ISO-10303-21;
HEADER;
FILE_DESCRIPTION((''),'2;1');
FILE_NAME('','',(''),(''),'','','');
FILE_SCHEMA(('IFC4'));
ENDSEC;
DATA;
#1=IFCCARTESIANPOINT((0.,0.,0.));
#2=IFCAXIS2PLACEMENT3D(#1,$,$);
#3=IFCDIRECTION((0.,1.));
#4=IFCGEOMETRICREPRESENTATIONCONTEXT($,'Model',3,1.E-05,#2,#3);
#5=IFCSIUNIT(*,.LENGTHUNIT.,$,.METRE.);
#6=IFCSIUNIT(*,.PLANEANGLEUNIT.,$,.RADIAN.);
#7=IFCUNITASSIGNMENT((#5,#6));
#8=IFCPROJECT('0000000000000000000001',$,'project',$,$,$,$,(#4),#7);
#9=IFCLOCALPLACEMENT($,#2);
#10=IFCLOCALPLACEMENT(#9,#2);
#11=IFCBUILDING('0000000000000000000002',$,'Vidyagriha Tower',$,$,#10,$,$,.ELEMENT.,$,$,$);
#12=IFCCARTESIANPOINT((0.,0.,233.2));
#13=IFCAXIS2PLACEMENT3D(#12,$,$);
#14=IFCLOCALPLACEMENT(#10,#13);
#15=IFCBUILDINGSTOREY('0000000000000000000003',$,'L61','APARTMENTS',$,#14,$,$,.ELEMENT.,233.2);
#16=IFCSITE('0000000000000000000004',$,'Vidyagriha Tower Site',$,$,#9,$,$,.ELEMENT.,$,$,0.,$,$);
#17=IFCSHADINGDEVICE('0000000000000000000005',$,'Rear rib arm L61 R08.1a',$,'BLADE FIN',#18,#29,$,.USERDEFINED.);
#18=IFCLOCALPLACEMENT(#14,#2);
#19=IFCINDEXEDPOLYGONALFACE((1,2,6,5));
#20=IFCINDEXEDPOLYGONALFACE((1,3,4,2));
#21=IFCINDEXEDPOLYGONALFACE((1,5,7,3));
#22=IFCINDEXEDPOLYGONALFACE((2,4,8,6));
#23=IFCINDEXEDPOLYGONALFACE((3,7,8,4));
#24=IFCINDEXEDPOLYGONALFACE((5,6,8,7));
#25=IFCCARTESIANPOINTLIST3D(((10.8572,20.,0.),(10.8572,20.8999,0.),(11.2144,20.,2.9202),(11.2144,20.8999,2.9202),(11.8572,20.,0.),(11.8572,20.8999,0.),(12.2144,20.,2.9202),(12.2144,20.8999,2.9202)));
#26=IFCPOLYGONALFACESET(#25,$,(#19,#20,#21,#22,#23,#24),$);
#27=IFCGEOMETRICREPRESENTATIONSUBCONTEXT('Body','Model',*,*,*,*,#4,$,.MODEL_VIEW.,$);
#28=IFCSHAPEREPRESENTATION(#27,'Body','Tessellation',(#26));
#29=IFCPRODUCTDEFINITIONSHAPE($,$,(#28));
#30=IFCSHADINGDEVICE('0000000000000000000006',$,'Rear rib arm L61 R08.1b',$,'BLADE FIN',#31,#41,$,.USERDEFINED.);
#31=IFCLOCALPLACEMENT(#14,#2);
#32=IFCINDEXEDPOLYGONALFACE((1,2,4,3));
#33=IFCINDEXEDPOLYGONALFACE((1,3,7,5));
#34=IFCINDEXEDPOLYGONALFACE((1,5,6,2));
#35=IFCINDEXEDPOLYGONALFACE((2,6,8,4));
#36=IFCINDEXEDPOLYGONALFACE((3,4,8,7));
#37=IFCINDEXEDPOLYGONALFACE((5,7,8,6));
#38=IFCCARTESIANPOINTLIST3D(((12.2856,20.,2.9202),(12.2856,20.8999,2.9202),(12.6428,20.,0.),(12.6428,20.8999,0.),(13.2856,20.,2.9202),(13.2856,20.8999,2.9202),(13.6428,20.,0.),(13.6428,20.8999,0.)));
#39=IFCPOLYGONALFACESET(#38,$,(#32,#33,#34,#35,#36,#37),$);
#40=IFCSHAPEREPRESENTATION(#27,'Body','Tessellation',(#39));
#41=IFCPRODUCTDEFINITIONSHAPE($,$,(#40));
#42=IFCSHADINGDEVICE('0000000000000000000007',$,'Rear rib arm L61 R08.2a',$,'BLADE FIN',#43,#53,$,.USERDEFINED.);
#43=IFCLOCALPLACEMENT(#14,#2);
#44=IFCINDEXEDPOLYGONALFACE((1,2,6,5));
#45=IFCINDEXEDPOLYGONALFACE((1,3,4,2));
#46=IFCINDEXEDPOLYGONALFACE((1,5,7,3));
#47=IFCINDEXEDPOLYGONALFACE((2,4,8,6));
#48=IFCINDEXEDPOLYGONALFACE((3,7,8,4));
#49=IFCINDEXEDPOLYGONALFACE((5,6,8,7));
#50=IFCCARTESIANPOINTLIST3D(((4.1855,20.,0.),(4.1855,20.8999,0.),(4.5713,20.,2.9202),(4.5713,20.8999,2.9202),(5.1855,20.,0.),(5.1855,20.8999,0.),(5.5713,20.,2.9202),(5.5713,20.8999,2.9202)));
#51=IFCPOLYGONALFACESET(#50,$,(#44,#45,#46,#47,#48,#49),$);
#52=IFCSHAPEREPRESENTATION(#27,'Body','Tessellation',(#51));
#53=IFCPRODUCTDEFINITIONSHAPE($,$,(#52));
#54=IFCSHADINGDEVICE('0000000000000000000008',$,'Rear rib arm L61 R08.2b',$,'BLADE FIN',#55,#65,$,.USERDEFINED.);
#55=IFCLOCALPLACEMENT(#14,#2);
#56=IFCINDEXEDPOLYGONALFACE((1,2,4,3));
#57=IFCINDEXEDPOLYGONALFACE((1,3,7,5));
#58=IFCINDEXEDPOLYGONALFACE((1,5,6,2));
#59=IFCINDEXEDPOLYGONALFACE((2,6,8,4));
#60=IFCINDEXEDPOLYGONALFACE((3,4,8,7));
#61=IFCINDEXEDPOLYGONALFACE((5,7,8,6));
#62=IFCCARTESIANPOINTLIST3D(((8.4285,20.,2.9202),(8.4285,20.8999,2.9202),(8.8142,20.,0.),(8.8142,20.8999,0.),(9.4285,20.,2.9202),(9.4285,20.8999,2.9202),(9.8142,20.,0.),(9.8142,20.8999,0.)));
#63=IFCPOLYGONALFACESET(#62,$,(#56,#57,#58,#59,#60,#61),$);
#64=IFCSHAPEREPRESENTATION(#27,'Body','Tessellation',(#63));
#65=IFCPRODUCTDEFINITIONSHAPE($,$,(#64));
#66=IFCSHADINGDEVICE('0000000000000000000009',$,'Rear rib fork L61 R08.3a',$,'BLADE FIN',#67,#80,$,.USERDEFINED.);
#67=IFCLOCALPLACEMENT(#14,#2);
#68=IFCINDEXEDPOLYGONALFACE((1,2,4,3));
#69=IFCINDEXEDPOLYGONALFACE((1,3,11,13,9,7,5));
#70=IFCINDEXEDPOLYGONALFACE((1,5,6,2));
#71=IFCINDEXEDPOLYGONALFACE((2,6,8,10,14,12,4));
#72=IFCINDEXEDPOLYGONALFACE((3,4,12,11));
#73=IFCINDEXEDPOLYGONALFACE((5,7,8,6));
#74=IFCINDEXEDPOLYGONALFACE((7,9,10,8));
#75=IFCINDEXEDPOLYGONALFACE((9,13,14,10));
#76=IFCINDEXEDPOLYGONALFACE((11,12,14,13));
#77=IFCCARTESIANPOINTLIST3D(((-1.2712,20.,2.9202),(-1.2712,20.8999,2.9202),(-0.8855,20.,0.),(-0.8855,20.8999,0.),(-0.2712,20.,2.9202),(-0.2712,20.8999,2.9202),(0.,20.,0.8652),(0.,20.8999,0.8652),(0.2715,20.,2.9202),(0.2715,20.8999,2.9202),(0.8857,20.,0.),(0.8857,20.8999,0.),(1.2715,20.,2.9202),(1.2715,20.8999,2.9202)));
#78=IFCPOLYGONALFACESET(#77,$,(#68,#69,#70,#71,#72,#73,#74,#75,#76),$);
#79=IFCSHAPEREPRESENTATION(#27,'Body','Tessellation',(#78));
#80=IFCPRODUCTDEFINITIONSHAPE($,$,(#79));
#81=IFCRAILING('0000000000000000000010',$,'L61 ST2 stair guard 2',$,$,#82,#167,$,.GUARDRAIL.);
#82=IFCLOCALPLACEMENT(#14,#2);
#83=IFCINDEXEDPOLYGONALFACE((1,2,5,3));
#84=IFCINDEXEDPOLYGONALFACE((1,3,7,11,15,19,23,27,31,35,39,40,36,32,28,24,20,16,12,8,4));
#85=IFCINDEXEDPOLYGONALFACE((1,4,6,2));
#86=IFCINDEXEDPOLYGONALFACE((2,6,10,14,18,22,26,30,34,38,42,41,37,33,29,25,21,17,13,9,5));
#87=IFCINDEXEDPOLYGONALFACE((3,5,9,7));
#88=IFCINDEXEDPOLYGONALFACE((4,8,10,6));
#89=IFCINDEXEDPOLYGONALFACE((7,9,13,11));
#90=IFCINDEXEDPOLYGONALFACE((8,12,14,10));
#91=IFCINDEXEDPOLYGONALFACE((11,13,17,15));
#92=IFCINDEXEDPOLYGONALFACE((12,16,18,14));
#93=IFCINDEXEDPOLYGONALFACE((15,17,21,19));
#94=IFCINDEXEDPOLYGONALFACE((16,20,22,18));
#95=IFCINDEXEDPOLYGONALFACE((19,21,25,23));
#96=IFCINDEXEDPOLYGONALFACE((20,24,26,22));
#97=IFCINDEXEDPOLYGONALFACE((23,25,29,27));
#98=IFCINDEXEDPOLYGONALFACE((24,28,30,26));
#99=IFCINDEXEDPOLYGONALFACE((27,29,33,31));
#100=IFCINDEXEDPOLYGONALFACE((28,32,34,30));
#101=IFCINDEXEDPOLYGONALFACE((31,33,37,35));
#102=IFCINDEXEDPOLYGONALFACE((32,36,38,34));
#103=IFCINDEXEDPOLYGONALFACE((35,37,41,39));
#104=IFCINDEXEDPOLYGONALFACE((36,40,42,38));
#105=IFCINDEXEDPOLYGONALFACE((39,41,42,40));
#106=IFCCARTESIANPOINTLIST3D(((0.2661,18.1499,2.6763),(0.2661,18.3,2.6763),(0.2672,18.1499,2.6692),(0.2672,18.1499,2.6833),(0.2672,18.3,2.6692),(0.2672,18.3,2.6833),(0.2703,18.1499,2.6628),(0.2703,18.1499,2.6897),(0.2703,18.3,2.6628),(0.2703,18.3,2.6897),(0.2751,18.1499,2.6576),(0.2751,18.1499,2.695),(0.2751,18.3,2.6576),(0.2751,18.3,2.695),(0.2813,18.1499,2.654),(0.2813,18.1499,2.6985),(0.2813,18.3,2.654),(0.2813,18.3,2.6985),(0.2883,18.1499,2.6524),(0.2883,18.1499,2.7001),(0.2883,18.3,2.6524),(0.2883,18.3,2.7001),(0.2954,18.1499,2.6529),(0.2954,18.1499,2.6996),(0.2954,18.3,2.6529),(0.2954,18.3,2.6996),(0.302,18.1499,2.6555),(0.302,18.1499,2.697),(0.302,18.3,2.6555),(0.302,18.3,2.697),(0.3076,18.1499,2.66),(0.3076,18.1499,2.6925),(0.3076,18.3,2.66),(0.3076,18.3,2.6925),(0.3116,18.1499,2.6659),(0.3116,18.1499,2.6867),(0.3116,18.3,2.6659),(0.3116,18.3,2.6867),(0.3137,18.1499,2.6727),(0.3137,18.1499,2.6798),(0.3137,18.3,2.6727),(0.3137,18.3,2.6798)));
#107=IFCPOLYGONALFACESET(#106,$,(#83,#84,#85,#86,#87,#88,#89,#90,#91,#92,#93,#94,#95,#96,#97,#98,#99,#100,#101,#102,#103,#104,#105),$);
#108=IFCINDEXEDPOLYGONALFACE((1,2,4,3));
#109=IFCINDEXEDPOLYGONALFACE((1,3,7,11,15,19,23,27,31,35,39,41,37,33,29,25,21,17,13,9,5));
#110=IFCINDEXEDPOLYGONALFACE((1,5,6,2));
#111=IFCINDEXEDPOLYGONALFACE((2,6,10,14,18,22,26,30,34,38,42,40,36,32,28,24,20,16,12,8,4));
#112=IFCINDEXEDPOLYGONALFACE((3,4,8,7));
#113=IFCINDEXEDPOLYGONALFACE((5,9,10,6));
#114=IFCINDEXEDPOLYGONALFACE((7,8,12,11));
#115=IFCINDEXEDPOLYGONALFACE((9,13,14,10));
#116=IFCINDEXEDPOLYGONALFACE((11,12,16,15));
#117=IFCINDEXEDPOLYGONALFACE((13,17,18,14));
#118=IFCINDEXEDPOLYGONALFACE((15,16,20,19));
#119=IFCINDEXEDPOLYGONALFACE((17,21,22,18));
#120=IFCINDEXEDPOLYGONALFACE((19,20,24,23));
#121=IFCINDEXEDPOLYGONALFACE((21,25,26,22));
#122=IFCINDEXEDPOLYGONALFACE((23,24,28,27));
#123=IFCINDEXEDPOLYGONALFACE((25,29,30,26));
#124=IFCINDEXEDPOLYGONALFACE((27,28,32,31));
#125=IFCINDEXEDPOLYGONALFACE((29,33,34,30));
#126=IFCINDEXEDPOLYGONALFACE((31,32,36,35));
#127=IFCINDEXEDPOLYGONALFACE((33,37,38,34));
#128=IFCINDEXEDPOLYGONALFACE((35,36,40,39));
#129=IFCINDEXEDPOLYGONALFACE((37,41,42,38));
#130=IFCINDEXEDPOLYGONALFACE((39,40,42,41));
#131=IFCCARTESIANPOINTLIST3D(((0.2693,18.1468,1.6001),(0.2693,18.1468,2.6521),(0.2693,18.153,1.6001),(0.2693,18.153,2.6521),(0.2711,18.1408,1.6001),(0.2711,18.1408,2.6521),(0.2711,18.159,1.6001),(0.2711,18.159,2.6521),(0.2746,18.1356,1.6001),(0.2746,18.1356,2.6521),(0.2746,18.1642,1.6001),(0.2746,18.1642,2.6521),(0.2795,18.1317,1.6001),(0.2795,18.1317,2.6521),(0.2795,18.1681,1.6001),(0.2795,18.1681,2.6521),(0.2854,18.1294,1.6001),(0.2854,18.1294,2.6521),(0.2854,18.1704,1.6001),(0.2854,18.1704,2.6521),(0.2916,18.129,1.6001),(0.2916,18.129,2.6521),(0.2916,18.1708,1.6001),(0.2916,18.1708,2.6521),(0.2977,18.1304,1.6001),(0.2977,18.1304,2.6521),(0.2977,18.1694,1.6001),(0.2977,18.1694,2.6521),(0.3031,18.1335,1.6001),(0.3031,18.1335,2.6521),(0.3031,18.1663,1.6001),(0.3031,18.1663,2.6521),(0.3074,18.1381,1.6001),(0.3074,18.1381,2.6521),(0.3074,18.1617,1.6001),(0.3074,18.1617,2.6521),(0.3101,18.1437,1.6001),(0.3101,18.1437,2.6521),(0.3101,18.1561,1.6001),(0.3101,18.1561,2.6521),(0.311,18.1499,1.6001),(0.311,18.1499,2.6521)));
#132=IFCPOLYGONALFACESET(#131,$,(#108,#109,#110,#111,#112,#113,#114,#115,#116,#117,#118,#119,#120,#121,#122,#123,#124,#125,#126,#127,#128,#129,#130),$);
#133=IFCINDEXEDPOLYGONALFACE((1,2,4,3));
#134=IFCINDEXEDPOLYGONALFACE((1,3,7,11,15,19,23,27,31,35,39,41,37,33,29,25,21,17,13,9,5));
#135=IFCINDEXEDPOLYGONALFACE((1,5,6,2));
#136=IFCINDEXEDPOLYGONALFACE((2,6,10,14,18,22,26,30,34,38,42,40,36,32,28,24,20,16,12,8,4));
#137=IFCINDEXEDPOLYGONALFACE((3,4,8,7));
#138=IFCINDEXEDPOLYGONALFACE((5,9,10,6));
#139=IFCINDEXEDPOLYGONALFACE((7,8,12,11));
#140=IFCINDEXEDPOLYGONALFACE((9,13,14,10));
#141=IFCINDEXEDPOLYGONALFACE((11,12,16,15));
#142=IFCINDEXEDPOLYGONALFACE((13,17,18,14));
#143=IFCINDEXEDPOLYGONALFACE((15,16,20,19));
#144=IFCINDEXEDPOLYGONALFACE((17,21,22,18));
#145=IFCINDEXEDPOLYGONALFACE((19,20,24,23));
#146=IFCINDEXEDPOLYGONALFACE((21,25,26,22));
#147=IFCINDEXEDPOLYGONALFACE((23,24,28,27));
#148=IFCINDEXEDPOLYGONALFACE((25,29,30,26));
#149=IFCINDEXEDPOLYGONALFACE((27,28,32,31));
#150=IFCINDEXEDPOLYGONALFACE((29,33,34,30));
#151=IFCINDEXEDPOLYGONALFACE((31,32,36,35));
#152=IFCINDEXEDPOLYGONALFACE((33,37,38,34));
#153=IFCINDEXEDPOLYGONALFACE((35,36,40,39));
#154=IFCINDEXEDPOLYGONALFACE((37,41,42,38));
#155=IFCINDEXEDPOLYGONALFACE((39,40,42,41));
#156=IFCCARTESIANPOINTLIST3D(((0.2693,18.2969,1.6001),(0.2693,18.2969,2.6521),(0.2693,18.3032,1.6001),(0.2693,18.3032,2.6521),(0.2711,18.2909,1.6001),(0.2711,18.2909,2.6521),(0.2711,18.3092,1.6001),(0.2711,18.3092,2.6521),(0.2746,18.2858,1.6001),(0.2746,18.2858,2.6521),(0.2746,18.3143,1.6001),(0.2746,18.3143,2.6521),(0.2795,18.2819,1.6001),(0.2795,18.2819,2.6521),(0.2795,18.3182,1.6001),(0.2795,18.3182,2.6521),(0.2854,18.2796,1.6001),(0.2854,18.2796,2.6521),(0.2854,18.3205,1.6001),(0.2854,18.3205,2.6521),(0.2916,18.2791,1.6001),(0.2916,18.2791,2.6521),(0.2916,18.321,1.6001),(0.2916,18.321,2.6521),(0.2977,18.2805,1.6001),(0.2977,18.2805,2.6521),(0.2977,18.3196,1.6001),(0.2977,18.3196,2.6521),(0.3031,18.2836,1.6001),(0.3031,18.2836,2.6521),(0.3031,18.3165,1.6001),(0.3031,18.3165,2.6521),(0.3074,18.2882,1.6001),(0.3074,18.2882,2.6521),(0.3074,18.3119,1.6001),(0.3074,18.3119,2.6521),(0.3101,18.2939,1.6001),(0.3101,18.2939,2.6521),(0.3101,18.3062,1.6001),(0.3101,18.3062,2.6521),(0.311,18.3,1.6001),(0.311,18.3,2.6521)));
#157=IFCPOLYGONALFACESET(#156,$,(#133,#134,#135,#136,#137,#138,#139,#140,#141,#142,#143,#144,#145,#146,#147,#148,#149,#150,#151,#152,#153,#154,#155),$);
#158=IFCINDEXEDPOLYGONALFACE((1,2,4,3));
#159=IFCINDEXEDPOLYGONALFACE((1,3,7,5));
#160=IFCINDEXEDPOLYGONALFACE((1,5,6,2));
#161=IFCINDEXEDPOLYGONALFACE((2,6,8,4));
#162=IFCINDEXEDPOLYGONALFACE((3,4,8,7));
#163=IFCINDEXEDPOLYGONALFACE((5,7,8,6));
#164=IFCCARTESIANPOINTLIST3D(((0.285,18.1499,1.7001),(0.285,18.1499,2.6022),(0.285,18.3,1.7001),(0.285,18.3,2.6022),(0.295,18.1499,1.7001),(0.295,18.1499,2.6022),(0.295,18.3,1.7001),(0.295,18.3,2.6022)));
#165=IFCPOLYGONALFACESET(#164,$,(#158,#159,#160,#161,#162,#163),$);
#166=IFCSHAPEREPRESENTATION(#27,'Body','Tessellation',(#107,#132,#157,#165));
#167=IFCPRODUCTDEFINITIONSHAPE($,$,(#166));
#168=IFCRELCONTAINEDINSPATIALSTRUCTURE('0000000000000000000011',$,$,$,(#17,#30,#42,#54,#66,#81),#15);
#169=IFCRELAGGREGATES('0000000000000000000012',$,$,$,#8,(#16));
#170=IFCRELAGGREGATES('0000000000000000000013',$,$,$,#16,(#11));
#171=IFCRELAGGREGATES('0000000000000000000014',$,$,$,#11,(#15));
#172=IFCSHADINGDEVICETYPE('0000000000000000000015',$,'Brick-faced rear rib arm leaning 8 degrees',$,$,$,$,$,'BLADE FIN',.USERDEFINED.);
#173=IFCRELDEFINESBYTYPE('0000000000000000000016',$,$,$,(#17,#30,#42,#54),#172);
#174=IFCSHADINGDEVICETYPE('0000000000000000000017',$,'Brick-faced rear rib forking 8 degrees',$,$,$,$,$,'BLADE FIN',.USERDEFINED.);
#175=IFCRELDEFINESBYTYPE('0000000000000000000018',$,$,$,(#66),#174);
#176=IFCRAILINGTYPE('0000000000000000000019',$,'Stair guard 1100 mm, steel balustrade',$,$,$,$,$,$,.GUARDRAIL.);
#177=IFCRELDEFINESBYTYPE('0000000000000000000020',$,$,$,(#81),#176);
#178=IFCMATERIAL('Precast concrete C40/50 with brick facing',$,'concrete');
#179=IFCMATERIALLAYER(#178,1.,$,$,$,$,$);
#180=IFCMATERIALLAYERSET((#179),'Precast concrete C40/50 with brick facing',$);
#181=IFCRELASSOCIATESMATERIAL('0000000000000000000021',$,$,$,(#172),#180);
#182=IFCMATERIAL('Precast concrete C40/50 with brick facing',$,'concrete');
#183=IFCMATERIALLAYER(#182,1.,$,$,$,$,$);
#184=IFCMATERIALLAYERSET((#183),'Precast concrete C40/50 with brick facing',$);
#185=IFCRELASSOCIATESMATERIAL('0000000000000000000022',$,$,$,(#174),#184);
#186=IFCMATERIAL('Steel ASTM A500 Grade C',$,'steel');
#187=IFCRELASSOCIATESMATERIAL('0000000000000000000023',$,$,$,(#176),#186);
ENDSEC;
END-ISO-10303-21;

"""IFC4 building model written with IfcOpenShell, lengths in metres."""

from ifc_helpers import new_model, si_unit, direction, frame, origin, origin_2d, place, context, subcontext, project, spatial, polyline, rectangle, circle, outline, extrude, material, layer, layer_set, type_object, element, save


model = new_model("IFC4")

# Units and contexts
model_context = context("Model", 3, precision=1e-05, world=origin(), true_north=direction((0.0, 1.0)))
body_context = subcontext(model_context, "Body", "Model", "MODEL_VIEW")
ifc_project = project(units=[si_unit("LENGTHUNIT", "METRE"), si_unit("PLANEANGLEUNIT", "RADIAN")], contexts=[model_context])

# Site, building, storey
site_placement = place(None, origin())
site = spatial("IfcSite", under=ifc_project, at=site_placement, Name="Vidyagriha Tower Site", CompositionType="ELEMENT", RefElevation=0.0)
building_placement = place(site_placement, origin())
building = spatial("IfcBuilding", under=site, at=building_placement, Name="Vidyagriha Tower", CompositionType="ELEMENT")
storey_placement = place(building_placement, frame((0.0, 0.0, 233.2)))
storey = spatial("IfcBuildingStorey", under=building, at=storey_placement, Name="L61", Description="APARTMENTS", CompositionType="ELEMENT", Elevation=233.2)

# Shading devices
ifc_material_1 = material(Name="Precast concrete C40/50 with brick facing", Category="concrete")
ifc_layer_1 = layer(ifc_material_1, 1.0)
ifc_layer_set_1 = layer_set([ifc_layer_1], Name="Precast concrete C40/50 with brick facing")
shading_device_type_1 = type_object("IfcShadingDeviceType", Name="Brick-faced rear rib arm leaning 8 degrees", ElementType="BLADE FIN", PredefinedType="USERDEFINED", material=ifc_layer_set_1)
shading_device_1_placement = place(storey_placement, frame((12.2144, 20.45, 0.0), z_axis=(0.0, 0.0, 1.0), x_axis=(-1.0, 0.0, 0.0)))
element("IfcShadingDevice", 1, at=shading_device_1_placement, inside=storey, type_object=shading_device_type_1, Name="Rear rib arm L61 R08.1a", ObjectType="BLADE FIN", PredefinedType="USERDEFINED", context=body_context, shape_type="SweptSolid", body=[
    extrude(outline(polyline([(0.3572, 0.0), (1.3572, 0.0), (1.0, 2.9202), (0.0, 2.9202), (0.3572, 0.0)])), frame((0.0, 0.45, 0.0), z_axis=(0.0, -1.0, 0.0), x_axis=(1.0, 0.0, 0.0)), (0.0, 0.0, 1.0), 0.8999),
])
shading_device_2_placement = place(storey_placement, frame((13.6428, 20.45, 0.0), z_axis=(0.0, 0.0, 1.0), x_axis=(-1.0, 0.0, 0.0)))
element("IfcShadingDevice", 2, at=shading_device_2_placement, inside=storey, type_object=shading_device_type_1, Name="Rear rib arm L61 R08.1b", ObjectType="BLADE FIN", PredefinedType="USERDEFINED", context=body_context, shape_type="SweptSolid", body=[
    extrude(outline(polyline([(0.0, 0.0), (1.0, 0.0), (1.3572, 2.9202), (0.3572, 2.9202), (0.0, 0.0)])), frame((0.0, 0.45, 0.0), z_axis=(0.0, -1.0, 0.0), x_axis=(1.0, 0.0, 0.0)), (0.0, 0.0, 1.0), 0.8999),
])
shading_device_3_placement = place(storey_placement, frame((5.5713, 20.45, 0.0), z_axis=(0.0, 0.0, 1.0), x_axis=(-1.0, 0.0, 0.0)))
element("IfcShadingDevice", 3, at=shading_device_3_placement, inside=storey, type_object=shading_device_type_1, Name="Rear rib arm L61 R08.2a", ObjectType="BLADE FIN", PredefinedType="USERDEFINED", context=body_context, shape_type="SweptSolid", body=[
    extrude(outline(polyline([(0.3857, 0.0), (1.3857, 0.0), (1.0, 2.9202), (0.0, 2.9202), (0.3857, 0.0)])), frame((0.0, 0.45, 0.0), z_axis=(0.0, -1.0, 0.0), x_axis=(1.0, 0.0, 0.0)), (0.0, 0.0, 1.0), 0.8999),
])
shading_device_4_placement = place(storey_placement, frame((9.8142, 20.45, 0.0), z_axis=(0.0, 0.0, 1.0), x_axis=(-1.0, 0.0, 0.0)))
element("IfcShadingDevice", 4, at=shading_device_4_placement, inside=storey, type_object=shading_device_type_1, Name="Rear rib arm L61 R08.2b", ObjectType="BLADE FIN", PredefinedType="USERDEFINED", context=body_context, shape_type="SweptSolid", body=[
    extrude(outline(polyline([(0.0, 0.0), (1.0, 0.0), (1.3857, 2.9202), (0.3857, 2.9202), (0.0, 0.0)])), frame((0.0, 0.45, 0.0), z_axis=(0.0, -1.0, 0.0), x_axis=(1.0, 0.0, 0.0)), (0.0, 0.0, 1.0), 0.8999),
])
ifc_material_2 = material(Name="Precast concrete C40/50 with brick facing", Category="concrete")
ifc_layer_2 = layer(ifc_material_2, 1.0)
ifc_layer_set_2 = layer_set([ifc_layer_2], Name="Precast concrete C40/50 with brick facing")
shading_device_type_2 = type_object("IfcShadingDeviceType", Name="Brick-faced rear rib forking 8 degrees", ElementType="BLADE FIN", PredefinedType="USERDEFINED", material=ifc_layer_set_2)
shading_device_5_placement = place(storey_placement, frame((1.2715, 20.45, 0.0), z_axis=(0.0, 0.0, 1.0), x_axis=(-1.0, 0.0, 0.0)))
element("IfcShadingDevice", 5, at=shading_device_5_placement, inside=storey, type_object=shading_device_type_2, Name="Rear rib fork L61 R08.3a", ObjectType="BLADE FIN", PredefinedType="USERDEFINED", context=body_context, shape_type="SweptSolid", body=[
    extrude(outline(polyline([(0.3857, 0.0), (2.157, 0.0), (2.5427, 2.9202), (1.5427, 2.9202), (1.2715, 0.8652), (1.0, 2.9202), (0.0, 2.9202), (0.3857, 0.0)])), frame((0.0, 0.45, 0.0), z_axis=(0.0, -1.0, 0.0), x_axis=(1.0, 0.0, 0.0)), (0.0, 0.0, 1.0), 0.8999),
])

# Railing
ifc_material_3 = material(Name="Steel ASTM A500 Grade C", Category="steel")
railing_type_1 = type_object("IfcRailingType", Name="Stair guard 1100 mm, steel balustrade", PredefinedType="GUARDRAIL", material=ifc_material_3)
railing_1_placement = place(storey_placement, frame((0.29, 18.1499, 1.6001)))
element("IfcRailing", 6, at=railing_1_placement, inside=storey, type_object=railing_type_1, Name="L61 ST2 stair guard 2", PredefinedType="GUARDRAIL", context=body_context, shape_type="SweptSolid", body=[
    extrude(circle(Radius=0.0239, at=origin_2d()), frame((0.0, 0.0, 1.0762), z_axis=(0.0, 1.0, 0.0), x_axis=(-1.0, 0.0, 0.0)), (0.0, 0.0, 1.0), 0.1501),
    extrude(circle(Radius=0.021, at=origin_2d()), origin(), (0.0, 0.0, 1.0), 1.052),
    extrude(circle(Radius=0.021, at=origin_2d()), frame((0.0, 0.1501, 0.0)), (0.0, 0.0, 1.0), 1.052),
    extrude(rectangle(XDim=0.01, YDim=0.9021, at=origin_2d()), frame((0.0, 0.0, 0.551), z_axis=(0.0, 1.0, 0.0), x_axis=(-1.0, 0.0, 0.0)), (0.0, 0.0, 1.0), 0.1501),
])

save(model, "model.ifc")
